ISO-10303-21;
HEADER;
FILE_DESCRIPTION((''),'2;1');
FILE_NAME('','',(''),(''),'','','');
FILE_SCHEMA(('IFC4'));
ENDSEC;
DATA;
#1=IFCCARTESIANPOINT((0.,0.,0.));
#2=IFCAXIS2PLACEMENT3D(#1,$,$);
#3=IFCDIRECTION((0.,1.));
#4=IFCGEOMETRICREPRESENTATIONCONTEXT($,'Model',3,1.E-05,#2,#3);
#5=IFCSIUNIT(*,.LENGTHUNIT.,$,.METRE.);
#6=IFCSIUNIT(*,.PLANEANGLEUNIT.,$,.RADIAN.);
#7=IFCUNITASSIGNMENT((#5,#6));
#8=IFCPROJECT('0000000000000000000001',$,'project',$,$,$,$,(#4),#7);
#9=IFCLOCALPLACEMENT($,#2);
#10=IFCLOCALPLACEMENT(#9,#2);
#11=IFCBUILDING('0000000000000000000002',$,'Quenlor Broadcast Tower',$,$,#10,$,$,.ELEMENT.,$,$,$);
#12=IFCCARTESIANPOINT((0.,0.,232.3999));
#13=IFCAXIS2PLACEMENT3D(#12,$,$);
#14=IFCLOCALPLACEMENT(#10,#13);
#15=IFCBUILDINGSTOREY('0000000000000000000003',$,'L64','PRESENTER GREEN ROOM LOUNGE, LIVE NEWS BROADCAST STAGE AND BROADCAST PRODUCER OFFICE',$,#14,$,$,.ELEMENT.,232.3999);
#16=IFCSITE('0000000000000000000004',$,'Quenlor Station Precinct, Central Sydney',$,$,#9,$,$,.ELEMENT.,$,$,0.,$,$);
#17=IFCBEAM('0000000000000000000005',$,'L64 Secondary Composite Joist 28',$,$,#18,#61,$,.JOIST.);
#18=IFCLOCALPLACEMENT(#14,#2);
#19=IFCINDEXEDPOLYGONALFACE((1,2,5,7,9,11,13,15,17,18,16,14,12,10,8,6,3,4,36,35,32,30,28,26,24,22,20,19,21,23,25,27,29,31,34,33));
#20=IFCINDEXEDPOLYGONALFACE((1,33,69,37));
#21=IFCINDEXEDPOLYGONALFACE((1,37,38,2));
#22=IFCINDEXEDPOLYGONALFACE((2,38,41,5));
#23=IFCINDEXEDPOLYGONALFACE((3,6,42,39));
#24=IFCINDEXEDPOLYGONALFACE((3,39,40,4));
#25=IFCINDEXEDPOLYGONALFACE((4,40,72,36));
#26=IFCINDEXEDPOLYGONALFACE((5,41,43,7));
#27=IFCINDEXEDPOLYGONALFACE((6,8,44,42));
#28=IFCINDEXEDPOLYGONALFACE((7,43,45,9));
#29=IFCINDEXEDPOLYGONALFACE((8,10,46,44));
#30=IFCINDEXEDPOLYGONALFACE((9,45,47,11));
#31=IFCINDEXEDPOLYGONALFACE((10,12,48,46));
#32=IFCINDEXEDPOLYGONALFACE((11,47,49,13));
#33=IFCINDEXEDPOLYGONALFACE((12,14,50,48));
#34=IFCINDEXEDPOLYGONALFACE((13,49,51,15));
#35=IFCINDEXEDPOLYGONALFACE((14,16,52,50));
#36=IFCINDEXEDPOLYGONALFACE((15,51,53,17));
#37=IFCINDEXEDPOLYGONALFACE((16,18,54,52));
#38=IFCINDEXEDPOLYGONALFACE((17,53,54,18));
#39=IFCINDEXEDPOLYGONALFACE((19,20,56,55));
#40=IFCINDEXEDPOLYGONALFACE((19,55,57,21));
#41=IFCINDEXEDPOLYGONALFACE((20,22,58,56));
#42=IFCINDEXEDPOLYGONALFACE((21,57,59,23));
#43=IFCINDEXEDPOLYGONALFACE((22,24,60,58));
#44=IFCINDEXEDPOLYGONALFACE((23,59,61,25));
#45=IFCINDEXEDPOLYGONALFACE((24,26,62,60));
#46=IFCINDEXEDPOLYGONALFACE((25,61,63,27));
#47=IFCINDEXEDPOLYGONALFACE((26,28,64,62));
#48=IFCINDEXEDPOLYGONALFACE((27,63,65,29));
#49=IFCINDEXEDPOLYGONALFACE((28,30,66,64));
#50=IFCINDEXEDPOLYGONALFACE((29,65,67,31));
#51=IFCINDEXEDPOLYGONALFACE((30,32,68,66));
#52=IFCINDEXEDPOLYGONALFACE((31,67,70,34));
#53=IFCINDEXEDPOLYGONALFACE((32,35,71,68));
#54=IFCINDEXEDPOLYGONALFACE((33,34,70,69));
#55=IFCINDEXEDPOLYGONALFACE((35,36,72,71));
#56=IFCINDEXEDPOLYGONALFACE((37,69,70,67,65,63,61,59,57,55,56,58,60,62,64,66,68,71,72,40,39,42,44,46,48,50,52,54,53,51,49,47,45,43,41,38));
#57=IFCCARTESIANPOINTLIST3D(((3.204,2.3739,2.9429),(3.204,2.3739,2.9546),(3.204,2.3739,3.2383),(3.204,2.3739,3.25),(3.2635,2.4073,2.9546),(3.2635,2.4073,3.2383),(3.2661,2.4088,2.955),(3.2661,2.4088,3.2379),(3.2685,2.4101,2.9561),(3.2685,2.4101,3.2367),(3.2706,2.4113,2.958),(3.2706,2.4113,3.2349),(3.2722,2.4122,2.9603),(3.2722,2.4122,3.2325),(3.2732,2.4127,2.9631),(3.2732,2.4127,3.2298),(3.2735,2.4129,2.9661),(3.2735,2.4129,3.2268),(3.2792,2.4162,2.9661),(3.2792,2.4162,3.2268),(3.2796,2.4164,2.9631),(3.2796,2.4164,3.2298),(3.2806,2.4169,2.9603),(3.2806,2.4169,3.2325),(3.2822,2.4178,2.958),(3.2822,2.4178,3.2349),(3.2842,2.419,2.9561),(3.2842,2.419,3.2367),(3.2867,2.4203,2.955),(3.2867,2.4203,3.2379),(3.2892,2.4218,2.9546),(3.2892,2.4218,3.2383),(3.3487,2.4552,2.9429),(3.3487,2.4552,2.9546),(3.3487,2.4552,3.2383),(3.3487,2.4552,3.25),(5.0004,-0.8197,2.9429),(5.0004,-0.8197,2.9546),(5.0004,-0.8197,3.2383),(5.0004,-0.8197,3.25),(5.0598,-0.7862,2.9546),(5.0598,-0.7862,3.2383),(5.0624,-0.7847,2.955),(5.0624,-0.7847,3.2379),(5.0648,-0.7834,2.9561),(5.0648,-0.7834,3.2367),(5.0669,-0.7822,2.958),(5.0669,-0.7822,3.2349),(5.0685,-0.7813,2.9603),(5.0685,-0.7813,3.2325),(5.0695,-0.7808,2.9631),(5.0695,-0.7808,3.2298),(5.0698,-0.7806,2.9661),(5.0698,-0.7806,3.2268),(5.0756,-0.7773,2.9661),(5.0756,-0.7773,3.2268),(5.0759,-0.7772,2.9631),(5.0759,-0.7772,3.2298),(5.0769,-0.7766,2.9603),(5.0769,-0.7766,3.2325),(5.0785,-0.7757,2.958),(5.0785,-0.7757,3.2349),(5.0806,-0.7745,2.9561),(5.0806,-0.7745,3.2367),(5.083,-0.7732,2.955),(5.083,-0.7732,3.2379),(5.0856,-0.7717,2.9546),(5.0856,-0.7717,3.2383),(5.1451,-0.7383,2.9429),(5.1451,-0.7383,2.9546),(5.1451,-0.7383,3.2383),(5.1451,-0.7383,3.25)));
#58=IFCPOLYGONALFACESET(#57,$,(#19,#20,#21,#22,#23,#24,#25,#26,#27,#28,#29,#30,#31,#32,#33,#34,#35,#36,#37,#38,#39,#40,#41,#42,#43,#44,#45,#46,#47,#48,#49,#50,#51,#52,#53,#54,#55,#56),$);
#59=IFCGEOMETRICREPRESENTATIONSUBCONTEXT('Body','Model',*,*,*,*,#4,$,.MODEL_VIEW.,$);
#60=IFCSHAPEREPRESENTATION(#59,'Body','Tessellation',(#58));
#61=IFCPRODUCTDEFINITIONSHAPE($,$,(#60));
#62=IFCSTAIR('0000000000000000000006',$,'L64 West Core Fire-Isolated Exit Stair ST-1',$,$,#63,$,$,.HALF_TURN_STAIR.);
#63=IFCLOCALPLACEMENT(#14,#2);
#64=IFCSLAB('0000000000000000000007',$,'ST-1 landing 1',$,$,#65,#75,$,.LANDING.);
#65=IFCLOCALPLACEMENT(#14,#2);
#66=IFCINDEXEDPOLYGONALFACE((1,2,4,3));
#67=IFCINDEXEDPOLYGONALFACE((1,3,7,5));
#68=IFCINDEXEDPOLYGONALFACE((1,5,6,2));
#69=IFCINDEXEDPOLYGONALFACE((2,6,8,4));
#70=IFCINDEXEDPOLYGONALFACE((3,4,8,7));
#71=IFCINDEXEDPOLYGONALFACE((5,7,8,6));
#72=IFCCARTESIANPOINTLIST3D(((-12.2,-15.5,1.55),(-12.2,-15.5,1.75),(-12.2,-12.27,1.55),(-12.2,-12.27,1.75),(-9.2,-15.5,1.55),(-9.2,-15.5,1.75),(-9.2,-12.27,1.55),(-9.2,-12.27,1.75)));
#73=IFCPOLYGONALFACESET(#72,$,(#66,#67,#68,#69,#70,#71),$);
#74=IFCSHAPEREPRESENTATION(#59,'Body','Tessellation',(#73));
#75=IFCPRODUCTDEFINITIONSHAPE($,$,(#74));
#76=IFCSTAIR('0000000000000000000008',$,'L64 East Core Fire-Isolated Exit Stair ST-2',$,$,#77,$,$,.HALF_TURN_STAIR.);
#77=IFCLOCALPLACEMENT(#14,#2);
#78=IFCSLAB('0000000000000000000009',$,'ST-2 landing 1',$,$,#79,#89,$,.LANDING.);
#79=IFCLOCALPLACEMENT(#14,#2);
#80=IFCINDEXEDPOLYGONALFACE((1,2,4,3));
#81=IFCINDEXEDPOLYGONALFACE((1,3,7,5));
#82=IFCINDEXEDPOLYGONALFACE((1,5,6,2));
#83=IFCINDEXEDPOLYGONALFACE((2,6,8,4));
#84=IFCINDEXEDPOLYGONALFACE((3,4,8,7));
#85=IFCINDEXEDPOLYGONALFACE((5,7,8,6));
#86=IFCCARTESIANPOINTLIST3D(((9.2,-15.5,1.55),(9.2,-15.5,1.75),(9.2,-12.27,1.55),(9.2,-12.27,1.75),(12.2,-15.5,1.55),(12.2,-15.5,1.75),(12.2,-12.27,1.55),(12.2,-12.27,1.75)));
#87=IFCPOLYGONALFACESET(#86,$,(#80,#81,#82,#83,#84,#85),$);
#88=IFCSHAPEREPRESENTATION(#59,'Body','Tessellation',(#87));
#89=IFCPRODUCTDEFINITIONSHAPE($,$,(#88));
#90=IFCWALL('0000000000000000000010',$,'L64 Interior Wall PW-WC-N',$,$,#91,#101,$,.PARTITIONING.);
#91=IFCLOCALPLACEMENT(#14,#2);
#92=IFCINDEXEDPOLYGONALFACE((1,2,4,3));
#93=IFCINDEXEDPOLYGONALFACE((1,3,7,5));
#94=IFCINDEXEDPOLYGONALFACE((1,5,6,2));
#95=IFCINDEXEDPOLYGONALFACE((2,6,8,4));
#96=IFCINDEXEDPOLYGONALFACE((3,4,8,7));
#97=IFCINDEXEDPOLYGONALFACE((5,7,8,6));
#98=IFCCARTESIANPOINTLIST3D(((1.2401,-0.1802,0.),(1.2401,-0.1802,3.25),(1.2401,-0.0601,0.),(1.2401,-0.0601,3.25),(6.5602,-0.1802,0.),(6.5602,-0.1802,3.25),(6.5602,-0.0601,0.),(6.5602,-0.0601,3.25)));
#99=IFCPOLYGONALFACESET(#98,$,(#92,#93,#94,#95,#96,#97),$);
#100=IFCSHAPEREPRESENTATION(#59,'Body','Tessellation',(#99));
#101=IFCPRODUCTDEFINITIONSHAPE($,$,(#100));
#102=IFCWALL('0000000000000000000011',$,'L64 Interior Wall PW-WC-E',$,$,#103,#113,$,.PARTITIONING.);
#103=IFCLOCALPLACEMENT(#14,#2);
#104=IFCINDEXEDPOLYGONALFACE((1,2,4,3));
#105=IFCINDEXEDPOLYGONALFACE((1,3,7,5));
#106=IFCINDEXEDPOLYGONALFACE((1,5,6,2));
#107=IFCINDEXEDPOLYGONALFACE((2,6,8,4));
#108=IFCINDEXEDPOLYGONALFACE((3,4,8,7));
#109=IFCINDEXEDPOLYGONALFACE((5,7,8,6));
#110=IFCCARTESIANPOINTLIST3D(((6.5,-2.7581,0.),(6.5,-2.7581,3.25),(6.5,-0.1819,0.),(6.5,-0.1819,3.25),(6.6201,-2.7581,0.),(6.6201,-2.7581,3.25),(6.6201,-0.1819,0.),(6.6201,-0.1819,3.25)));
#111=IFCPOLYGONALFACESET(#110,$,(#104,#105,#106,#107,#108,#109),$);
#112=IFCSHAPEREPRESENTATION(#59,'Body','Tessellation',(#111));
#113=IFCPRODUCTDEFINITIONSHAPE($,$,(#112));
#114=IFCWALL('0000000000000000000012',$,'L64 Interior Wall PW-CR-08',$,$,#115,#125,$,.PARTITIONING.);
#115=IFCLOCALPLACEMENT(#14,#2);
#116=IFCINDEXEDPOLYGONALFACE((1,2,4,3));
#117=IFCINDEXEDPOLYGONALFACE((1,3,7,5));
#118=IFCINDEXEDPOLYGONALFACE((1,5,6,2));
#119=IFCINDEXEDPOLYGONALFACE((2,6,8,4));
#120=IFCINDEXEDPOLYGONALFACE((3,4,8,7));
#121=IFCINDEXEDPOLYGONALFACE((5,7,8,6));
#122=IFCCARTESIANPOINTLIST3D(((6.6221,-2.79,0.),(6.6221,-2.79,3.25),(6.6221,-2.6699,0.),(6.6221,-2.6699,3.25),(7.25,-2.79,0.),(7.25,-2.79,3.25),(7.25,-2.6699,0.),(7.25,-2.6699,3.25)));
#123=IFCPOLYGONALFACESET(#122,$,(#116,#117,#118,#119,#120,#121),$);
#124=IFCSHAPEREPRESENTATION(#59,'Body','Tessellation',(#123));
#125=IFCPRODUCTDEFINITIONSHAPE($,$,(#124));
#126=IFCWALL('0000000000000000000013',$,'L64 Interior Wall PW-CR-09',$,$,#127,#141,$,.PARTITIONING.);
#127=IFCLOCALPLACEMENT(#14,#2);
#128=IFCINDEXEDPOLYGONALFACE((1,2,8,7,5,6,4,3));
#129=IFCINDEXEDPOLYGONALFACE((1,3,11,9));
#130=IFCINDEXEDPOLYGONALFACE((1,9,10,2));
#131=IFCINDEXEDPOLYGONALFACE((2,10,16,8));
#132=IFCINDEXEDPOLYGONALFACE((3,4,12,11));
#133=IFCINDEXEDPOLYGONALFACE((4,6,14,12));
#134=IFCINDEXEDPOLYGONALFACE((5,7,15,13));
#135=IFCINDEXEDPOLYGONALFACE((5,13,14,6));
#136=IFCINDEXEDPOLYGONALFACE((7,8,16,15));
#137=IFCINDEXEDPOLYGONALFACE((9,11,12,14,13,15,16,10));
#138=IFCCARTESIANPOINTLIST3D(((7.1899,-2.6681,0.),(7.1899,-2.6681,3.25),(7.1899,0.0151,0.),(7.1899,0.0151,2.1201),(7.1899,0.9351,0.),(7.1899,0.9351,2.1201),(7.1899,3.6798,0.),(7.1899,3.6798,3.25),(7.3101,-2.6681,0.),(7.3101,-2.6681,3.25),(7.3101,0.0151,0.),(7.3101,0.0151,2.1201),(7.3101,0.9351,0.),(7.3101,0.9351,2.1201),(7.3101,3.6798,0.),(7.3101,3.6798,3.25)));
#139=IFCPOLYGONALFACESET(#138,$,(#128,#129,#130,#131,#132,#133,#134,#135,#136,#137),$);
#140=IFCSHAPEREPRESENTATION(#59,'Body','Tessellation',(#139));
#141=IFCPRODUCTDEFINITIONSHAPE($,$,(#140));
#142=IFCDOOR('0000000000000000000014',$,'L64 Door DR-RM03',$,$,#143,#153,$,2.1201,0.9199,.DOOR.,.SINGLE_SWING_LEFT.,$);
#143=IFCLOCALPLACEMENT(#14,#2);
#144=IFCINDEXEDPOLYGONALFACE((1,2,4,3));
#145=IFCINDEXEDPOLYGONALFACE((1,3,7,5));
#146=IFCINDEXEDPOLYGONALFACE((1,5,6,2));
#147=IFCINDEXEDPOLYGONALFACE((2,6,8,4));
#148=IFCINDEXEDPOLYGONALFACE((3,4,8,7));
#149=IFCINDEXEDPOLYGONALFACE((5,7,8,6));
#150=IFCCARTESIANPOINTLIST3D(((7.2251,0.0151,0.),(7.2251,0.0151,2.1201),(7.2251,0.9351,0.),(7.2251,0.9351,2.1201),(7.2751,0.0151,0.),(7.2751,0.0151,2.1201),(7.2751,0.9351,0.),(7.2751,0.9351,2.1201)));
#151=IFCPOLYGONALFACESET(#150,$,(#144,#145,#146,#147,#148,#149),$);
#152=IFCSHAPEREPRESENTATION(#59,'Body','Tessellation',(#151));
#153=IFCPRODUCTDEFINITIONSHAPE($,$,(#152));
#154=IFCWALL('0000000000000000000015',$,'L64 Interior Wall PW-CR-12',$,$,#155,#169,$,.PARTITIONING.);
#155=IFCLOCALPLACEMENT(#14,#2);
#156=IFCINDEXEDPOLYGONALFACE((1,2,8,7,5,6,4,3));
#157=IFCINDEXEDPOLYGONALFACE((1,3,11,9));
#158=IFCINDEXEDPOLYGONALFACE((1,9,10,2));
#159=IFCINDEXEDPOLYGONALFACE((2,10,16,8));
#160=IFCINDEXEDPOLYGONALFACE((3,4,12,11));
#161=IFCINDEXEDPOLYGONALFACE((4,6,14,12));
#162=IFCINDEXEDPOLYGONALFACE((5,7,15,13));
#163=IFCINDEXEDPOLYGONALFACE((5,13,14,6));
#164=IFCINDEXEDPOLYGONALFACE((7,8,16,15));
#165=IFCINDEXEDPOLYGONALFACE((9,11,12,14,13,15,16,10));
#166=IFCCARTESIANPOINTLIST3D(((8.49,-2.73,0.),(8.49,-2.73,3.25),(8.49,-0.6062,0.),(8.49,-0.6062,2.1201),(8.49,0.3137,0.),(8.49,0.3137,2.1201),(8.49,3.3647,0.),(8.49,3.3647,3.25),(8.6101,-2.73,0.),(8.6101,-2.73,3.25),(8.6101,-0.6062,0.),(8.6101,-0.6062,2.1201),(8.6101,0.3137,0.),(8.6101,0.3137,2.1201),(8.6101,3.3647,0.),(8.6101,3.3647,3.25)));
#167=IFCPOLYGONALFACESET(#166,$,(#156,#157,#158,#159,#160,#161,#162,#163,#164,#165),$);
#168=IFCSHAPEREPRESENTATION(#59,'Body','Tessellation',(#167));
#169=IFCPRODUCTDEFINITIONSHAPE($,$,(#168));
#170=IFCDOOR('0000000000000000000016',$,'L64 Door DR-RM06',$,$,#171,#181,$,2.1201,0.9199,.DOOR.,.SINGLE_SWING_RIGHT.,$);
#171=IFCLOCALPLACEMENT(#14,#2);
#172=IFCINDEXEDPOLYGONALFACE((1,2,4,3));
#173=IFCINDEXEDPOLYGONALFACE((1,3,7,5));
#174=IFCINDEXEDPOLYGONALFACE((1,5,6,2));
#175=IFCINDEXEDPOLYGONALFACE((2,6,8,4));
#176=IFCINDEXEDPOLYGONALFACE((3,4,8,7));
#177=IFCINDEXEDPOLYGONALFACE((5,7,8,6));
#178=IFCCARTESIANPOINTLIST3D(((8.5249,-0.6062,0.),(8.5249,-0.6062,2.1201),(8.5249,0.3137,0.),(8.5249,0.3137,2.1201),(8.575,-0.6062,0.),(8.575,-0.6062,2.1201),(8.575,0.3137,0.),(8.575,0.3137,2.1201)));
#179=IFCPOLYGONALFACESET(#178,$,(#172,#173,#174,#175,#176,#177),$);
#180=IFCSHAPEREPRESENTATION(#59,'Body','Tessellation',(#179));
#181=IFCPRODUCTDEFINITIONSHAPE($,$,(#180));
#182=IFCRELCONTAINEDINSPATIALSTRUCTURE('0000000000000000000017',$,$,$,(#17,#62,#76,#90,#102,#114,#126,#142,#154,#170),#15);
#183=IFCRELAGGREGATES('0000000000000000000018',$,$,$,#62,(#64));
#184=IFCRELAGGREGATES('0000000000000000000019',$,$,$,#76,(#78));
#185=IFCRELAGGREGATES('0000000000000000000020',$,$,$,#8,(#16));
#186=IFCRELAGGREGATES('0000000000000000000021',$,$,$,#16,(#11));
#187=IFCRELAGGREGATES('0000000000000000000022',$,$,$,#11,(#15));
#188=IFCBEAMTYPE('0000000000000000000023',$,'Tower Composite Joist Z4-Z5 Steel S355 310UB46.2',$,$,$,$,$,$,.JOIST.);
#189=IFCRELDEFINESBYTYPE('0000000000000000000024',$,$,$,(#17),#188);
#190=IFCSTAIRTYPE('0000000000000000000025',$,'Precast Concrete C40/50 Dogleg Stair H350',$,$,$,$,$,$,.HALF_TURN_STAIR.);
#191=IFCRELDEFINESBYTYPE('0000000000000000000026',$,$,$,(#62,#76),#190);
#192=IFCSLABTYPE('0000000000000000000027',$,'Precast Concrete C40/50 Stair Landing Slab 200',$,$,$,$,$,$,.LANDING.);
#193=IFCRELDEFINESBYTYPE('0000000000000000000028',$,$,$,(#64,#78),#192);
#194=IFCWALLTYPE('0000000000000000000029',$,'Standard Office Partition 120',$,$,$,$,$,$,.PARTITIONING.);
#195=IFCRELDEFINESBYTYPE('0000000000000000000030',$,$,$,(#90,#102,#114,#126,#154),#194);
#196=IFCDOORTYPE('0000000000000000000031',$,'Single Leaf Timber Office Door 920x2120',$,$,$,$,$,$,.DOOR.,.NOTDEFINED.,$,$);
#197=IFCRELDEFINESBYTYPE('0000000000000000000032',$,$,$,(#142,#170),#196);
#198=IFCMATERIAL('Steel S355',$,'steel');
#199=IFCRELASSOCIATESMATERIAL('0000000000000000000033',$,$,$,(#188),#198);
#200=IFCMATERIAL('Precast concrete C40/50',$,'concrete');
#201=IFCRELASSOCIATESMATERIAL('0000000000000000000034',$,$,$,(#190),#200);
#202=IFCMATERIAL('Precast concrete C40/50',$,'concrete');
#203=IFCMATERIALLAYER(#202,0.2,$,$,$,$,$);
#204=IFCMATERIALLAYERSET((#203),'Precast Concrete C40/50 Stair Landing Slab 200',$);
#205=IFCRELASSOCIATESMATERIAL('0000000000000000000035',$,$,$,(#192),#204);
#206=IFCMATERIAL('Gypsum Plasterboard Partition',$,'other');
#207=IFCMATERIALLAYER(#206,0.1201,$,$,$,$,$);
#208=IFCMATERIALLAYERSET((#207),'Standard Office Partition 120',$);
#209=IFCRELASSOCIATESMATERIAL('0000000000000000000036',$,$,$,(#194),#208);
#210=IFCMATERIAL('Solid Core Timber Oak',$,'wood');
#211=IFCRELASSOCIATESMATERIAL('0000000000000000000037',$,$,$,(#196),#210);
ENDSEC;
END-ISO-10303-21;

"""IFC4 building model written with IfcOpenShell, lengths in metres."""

from ifc_helpers import new_model, si_unit, direction, frame, frame_2d, origin, origin_2d, place, context, subcontext, project, spatial, polyline, rectangle, i_section, outline, extrude, material, layer, layer_set, material_profile, profile_set, type_object, element, fill, aggregate, save


model = new_model("IFC4")

# Units and contexts
model_context = context("Model", 3, precision=1e-05, world=origin(), true_north=direction((0.0, 1.0)))
body_context = subcontext(model_context, "Body", "Model", "MODEL_VIEW")
ifc_project = project(units=[si_unit("LENGTHUNIT", "METRE"), si_unit("PLANEANGLEUNIT", "RADIAN")], contexts=[model_context])

# Site, building, storey
site_placement = place(None, origin())
site = spatial("IfcSite", under=ifc_project, at=site_placement, Name="Quenlor Station Precinct, Central Sydney", CompositionType="ELEMENT", RefElevation=0.0)
building_placement = place(site_placement, origin())
building = spatial("IfcBuilding", under=site, at=building_placement, Name="Quenlor Broadcast Tower", CompositionType="ELEMENT")
storey_placement = place(building_placement, frame((0.0, 0.0, 232.3999)))
storey = spatial("IfcBuildingStorey", under=building, at=storey_placement, Name="L64", Description="PRESENTER GREEN ROOM LOUNGE, LIVE NEWS BROADCAST STAGE AND BROADCAST PRODUCER OFFICE", CompositionType="ELEMENT", Elevation=232.3999)

# Beam
ifc_material_1 = material(Name="Steel S355", Category="steel")
ifc_material_profile = material_profile(ifc_material_1, i_section(OverallWidth=0.166, OverallDepth=0.3071, WebThickness=0.0066, FlangeThickness=0.0117, FilletRadius=0.0115, at=origin_2d()))
ifc_profile_set = profile_set([ifc_material_profile], Name="Steel S355 310UB46.2")
beam_type = type_object("IfcBeamType", Name="Tower Composite Joist Z4-Z5 Steel S355 310UB46.2", PredefinedType="JOIST", material=ifc_profile_set)
beam_placement = place(storey_placement, frame((3.2764, 2.4146, 3.0964), z_axis=(0.490258, -0.871577, 0.0), x_axis=(0.871577, 0.490258, 0.0)))
element("IfcBeam", 1, at=beam_placement, inside=storey, type_object=beam_type, Name="L64 Secondary Composite Joist 28", PredefinedType="JOIST", context=body_context, shape_type="SweptSolid", body=[
    extrude(i_section(OverallWidth=0.166, OverallDepth=0.3071, WebThickness=0.0066, FlangeThickness=0.0117, FilletRadius=0.0115, at=origin_2d()), origin(), (0.0, 0.0, 1.0), 3.6641),
])

# Stairs, slabs
ifc_material_2 = material(Name="Precast concrete C40/50", Category="concrete")
stair_type = type_object("IfcStairType", Name="Precast Concrete C40/50 Dogleg Stair H350", PredefinedType="HALF_TURN_STAIR", material=ifc_material_2)
stair_1_placement = place(storey_placement, origin())
stair_1 = element("IfcStair", 2, at=stair_1_placement, inside=storey, type_object=stair_type, Name="L64 West Core Fire-Isolated Exit Stair ST-1", PredefinedType="HALF_TURN_STAIR")
ifc_material_3 = material(Name="Precast concrete C40/50", Category="concrete")
ifc_layer_1 = layer(ifc_material_3, 0.2)
ifc_layer_set_1 = layer_set([ifc_layer_1], Name="Precast Concrete C40/50 Stair Landing Slab 200")
slab_type = type_object("IfcSlabType", Name="Precast Concrete C40/50 Stair Landing Slab 200", PredefinedType="LANDING", material=ifc_layer_set_1)
slab_1_placement = place(storey_placement, frame((0.0, 0.0, 1.55)))
slab_1 = element("IfcSlab", 3, at=slab_1_placement, type_object=slab_type, Name="ST-1 landing 1", PredefinedType="LANDING", context=body_context, shape_type="SweptSolid", body=[
    extrude(outline(polyline([(-12.2, -12.27), (-12.2, -15.5), (-9.2, -15.5), (-9.2, -12.27), (-12.2, -12.27)])), origin(), (0.0, 0.0, 1.0), 0.2),
])
aggregate(stair_1, [slab_1])
stair_2_placement = place(storey_placement, origin())
stair_2 = element("IfcStair", 4, at=stair_2_placement, inside=storey, type_object=stair_type, Name="L64 East Core Fire-Isolated Exit Stair ST-2", PredefinedType="HALF_TURN_STAIR")
slab_2_placement = place(storey_placement, frame((0.0, 0.0, 1.55)))
slab_2 = element("IfcSlab", 5, at=slab_2_placement, type_object=slab_type, Name="ST-2 landing 1", PredefinedType="LANDING", context=body_context, shape_type="SweptSolid", body=[
    extrude(outline(polyline([(9.2, -12.27), (9.2, -15.5), (12.2, -15.5), (12.2, -12.27), (9.2, -12.27)])), origin(), (0.0, 0.0, 1.0), 0.2),
])
aggregate(stair_2, [slab_2])

# Walls
ifc_material_4 = material(Name="Gypsum Plasterboard Partition", Category="other")
ifc_layer_2 = layer(ifc_material_4, 0.1201)
ifc_layer_set_2 = layer_set([ifc_layer_2], Name="Standard Office Partition 120")
wall_type = type_object("IfcWallType", Name="Standard Office Partition 120", PredefinedType="PARTITIONING", material=ifc_layer_set_2)
wall_1_placement = place(storey_placement, frame((1.24, -0.1201, 0.0), z_axis=(0.0, 0.0, 1.0), x_axis=(1.0, 0.0, 0.0)))
element("IfcWall", 6, at=wall_1_placement, inside=storey, type_object=wall_type, Name="L64 Interior Wall PW-WC-N", PredefinedType="PARTITIONING", context=body_context, shape_type="SweptSolid", body=[
    extrude(rectangle(XDim=5.3201, YDim=0.1201, at=frame_2d((2.6602, 0.0))), origin(), (0.0, 0.0, 1.0), 3.25),
])
wall_2_placement = place(storey_placement, frame((6.5601, -2.7581, 0.0), z_axis=(0.0, 0.0, 1.0), x_axis=(0.0, 1.0, 0.0)))
element("IfcWall", 7, at=wall_2_placement, inside=storey, type_object=wall_type, Name="L64 Interior Wall PW-WC-E", PredefinedType="PARTITIONING", context=body_context, shape_type="SweptSolid", body=[
    extrude(rectangle(XDim=2.5762, YDim=0.1201, at=frame_2d((1.2881, 0.0))), origin(), (0.0, 0.0, 1.0), 3.25),
])
wall_3_placement = place(storey_placement, frame((6.6221, -2.73, 0.0), z_axis=(0.0, 0.0, 1.0), x_axis=(1.0, 0.0, 0.0)))
element("IfcWall", 8, at=wall_3_placement, inside=storey, type_object=wall_type, Name="L64 Interior Wall PW-CR-08", PredefinedType="PARTITIONING", context=body_context, shape_type="SweptSolid", body=[
    extrude(rectangle(XDim=0.6279, YDim=0.1201, at=frame_2d((0.314, 0.0))), origin(), (0.0, 0.0, 1.0), 3.25),
])

# Walls, openings, doors
wall_4_placement = place(storey_placement, frame((7.25, -2.668, 0.0), z_axis=(0.0, 0.0, 1.0), x_axis=(0.0, 1.0, 0.0)))
wall_4 = element("IfcWall", 9, at=wall_4_placement, inside=storey, type_object=wall_type, Name="L64 Interior Wall PW-CR-09", PredefinedType="PARTITIONING", context=body_context, shape_type="SweptSolid", body=[
    extrude(rectangle(XDim=6.3479, YDim=0.1201, at=frame_2d((3.1738, 0.0))), origin(), (0.0, 0.0, 1.0), 3.25),
])
opening_1_placement = place(wall_4_placement, frame((2.6831, 0.0, 0.0)))
opening_1 = element("IfcOpeningElement", 10, at=opening_1_placement, cuts=wall_4, PredefinedType="OPENING", context=body_context, shape_type="SweptSolid", body=[
    extrude(rectangle(XDim=0.9199, YDim=2.1201, at=frame_2d((0.46, 1.0601))), frame((0.0, 0.0701, 0.0), z_axis=(0.0, -1.0, 0.0), x_axis=(1.0, 0.0, 0.0)), (0.0, 0.0, 1.0), 0.1401),
])
ifc_material_5 = material(Name="Solid Core Timber Oak", Category="wood")
door_type = type_object("IfcDoorType", Name="Single Leaf Timber Office Door 920x2120", OperationType="NOTDEFINED", PredefinedType="DOOR", material=ifc_material_5)
door_1_placement = place(opening_1_placement, origin())
door_1 = element("IfcDoor", 11, at=door_1_placement, inside=storey, type_object=door_type, Name="L64 Door DR-RM03", OperationType="SINGLE_SWING_LEFT", OverallHeight=2.1201, OverallWidth=0.9199, PredefinedType="DOOR", context=body_context, shape_type="SweptSolid", body=[
    extrude(rectangle(XDim=0.9199, YDim=2.1201, at=frame_2d((0.46, 1.0601))), frame((0.0, 0.0249, 0.0), z_axis=(0.0, -1.0, 0.0), x_axis=(1.0, 0.0, 0.0)), (0.0, 0.0, 1.0), 0.05),
])
fill(opening_1, door_1)
wall_5_placement = place(storey_placement, frame((8.55, 3.3647, 0.0), z_axis=(0.0, 0.0, 1.0), x_axis=(0.0, -1.0, 0.0)))
wall_5 = element("IfcWall", 12, at=wall_5_placement, inside=storey, type_object=wall_type, Name="L64 Interior Wall PW-CR-12", PredefinedType="PARTITIONING", context=body_context, shape_type="SweptSolid", body=[
    extrude(rectangle(XDim=6.0947, YDim=0.1201, at=frame_2d((3.0474, 0.0))), origin(), (0.0, 0.0, 1.0), 3.25),
])
opening_2_placement = place(wall_5_placement, frame((3.051, 0.0, 0.0)))
opening_2 = element("IfcOpeningElement", 13, at=opening_2_placement, cuts=wall_5, PredefinedType="OPENING", context=body_context, shape_type="SweptSolid", body=[
    extrude(rectangle(XDim=0.9199, YDim=2.1201, at=frame_2d((0.46, 1.0601))), frame((0.0, 0.0701, 0.0), z_axis=(0.0, -1.0, 0.0), x_axis=(1.0, 0.0, 0.0)), (0.0, 0.0, 1.0), 0.1401),
])
door_2_placement = place(opening_2_placement, origin())
door_2 = element("IfcDoor", 14, at=door_2_placement, inside=storey, type_object=door_type, Name="L64 Door DR-RM06", OperationType="SINGLE_SWING_RIGHT", OverallHeight=2.1201, OverallWidth=0.9199, PredefinedType="DOOR", context=body_context, shape_type="SweptSolid", body=[
    extrude(rectangle(XDim=0.9199, YDim=2.1201, at=frame_2d((0.46, 1.0601))), frame((0.0, 0.0249, 0.0), z_axis=(0.0, -1.0, 0.0), x_axis=(1.0, 0.0, 0.0)), (0.0, 0.0, 1.0), 0.05),
])
fill(opening_2, door_2)

save(model, "model.ifc")
